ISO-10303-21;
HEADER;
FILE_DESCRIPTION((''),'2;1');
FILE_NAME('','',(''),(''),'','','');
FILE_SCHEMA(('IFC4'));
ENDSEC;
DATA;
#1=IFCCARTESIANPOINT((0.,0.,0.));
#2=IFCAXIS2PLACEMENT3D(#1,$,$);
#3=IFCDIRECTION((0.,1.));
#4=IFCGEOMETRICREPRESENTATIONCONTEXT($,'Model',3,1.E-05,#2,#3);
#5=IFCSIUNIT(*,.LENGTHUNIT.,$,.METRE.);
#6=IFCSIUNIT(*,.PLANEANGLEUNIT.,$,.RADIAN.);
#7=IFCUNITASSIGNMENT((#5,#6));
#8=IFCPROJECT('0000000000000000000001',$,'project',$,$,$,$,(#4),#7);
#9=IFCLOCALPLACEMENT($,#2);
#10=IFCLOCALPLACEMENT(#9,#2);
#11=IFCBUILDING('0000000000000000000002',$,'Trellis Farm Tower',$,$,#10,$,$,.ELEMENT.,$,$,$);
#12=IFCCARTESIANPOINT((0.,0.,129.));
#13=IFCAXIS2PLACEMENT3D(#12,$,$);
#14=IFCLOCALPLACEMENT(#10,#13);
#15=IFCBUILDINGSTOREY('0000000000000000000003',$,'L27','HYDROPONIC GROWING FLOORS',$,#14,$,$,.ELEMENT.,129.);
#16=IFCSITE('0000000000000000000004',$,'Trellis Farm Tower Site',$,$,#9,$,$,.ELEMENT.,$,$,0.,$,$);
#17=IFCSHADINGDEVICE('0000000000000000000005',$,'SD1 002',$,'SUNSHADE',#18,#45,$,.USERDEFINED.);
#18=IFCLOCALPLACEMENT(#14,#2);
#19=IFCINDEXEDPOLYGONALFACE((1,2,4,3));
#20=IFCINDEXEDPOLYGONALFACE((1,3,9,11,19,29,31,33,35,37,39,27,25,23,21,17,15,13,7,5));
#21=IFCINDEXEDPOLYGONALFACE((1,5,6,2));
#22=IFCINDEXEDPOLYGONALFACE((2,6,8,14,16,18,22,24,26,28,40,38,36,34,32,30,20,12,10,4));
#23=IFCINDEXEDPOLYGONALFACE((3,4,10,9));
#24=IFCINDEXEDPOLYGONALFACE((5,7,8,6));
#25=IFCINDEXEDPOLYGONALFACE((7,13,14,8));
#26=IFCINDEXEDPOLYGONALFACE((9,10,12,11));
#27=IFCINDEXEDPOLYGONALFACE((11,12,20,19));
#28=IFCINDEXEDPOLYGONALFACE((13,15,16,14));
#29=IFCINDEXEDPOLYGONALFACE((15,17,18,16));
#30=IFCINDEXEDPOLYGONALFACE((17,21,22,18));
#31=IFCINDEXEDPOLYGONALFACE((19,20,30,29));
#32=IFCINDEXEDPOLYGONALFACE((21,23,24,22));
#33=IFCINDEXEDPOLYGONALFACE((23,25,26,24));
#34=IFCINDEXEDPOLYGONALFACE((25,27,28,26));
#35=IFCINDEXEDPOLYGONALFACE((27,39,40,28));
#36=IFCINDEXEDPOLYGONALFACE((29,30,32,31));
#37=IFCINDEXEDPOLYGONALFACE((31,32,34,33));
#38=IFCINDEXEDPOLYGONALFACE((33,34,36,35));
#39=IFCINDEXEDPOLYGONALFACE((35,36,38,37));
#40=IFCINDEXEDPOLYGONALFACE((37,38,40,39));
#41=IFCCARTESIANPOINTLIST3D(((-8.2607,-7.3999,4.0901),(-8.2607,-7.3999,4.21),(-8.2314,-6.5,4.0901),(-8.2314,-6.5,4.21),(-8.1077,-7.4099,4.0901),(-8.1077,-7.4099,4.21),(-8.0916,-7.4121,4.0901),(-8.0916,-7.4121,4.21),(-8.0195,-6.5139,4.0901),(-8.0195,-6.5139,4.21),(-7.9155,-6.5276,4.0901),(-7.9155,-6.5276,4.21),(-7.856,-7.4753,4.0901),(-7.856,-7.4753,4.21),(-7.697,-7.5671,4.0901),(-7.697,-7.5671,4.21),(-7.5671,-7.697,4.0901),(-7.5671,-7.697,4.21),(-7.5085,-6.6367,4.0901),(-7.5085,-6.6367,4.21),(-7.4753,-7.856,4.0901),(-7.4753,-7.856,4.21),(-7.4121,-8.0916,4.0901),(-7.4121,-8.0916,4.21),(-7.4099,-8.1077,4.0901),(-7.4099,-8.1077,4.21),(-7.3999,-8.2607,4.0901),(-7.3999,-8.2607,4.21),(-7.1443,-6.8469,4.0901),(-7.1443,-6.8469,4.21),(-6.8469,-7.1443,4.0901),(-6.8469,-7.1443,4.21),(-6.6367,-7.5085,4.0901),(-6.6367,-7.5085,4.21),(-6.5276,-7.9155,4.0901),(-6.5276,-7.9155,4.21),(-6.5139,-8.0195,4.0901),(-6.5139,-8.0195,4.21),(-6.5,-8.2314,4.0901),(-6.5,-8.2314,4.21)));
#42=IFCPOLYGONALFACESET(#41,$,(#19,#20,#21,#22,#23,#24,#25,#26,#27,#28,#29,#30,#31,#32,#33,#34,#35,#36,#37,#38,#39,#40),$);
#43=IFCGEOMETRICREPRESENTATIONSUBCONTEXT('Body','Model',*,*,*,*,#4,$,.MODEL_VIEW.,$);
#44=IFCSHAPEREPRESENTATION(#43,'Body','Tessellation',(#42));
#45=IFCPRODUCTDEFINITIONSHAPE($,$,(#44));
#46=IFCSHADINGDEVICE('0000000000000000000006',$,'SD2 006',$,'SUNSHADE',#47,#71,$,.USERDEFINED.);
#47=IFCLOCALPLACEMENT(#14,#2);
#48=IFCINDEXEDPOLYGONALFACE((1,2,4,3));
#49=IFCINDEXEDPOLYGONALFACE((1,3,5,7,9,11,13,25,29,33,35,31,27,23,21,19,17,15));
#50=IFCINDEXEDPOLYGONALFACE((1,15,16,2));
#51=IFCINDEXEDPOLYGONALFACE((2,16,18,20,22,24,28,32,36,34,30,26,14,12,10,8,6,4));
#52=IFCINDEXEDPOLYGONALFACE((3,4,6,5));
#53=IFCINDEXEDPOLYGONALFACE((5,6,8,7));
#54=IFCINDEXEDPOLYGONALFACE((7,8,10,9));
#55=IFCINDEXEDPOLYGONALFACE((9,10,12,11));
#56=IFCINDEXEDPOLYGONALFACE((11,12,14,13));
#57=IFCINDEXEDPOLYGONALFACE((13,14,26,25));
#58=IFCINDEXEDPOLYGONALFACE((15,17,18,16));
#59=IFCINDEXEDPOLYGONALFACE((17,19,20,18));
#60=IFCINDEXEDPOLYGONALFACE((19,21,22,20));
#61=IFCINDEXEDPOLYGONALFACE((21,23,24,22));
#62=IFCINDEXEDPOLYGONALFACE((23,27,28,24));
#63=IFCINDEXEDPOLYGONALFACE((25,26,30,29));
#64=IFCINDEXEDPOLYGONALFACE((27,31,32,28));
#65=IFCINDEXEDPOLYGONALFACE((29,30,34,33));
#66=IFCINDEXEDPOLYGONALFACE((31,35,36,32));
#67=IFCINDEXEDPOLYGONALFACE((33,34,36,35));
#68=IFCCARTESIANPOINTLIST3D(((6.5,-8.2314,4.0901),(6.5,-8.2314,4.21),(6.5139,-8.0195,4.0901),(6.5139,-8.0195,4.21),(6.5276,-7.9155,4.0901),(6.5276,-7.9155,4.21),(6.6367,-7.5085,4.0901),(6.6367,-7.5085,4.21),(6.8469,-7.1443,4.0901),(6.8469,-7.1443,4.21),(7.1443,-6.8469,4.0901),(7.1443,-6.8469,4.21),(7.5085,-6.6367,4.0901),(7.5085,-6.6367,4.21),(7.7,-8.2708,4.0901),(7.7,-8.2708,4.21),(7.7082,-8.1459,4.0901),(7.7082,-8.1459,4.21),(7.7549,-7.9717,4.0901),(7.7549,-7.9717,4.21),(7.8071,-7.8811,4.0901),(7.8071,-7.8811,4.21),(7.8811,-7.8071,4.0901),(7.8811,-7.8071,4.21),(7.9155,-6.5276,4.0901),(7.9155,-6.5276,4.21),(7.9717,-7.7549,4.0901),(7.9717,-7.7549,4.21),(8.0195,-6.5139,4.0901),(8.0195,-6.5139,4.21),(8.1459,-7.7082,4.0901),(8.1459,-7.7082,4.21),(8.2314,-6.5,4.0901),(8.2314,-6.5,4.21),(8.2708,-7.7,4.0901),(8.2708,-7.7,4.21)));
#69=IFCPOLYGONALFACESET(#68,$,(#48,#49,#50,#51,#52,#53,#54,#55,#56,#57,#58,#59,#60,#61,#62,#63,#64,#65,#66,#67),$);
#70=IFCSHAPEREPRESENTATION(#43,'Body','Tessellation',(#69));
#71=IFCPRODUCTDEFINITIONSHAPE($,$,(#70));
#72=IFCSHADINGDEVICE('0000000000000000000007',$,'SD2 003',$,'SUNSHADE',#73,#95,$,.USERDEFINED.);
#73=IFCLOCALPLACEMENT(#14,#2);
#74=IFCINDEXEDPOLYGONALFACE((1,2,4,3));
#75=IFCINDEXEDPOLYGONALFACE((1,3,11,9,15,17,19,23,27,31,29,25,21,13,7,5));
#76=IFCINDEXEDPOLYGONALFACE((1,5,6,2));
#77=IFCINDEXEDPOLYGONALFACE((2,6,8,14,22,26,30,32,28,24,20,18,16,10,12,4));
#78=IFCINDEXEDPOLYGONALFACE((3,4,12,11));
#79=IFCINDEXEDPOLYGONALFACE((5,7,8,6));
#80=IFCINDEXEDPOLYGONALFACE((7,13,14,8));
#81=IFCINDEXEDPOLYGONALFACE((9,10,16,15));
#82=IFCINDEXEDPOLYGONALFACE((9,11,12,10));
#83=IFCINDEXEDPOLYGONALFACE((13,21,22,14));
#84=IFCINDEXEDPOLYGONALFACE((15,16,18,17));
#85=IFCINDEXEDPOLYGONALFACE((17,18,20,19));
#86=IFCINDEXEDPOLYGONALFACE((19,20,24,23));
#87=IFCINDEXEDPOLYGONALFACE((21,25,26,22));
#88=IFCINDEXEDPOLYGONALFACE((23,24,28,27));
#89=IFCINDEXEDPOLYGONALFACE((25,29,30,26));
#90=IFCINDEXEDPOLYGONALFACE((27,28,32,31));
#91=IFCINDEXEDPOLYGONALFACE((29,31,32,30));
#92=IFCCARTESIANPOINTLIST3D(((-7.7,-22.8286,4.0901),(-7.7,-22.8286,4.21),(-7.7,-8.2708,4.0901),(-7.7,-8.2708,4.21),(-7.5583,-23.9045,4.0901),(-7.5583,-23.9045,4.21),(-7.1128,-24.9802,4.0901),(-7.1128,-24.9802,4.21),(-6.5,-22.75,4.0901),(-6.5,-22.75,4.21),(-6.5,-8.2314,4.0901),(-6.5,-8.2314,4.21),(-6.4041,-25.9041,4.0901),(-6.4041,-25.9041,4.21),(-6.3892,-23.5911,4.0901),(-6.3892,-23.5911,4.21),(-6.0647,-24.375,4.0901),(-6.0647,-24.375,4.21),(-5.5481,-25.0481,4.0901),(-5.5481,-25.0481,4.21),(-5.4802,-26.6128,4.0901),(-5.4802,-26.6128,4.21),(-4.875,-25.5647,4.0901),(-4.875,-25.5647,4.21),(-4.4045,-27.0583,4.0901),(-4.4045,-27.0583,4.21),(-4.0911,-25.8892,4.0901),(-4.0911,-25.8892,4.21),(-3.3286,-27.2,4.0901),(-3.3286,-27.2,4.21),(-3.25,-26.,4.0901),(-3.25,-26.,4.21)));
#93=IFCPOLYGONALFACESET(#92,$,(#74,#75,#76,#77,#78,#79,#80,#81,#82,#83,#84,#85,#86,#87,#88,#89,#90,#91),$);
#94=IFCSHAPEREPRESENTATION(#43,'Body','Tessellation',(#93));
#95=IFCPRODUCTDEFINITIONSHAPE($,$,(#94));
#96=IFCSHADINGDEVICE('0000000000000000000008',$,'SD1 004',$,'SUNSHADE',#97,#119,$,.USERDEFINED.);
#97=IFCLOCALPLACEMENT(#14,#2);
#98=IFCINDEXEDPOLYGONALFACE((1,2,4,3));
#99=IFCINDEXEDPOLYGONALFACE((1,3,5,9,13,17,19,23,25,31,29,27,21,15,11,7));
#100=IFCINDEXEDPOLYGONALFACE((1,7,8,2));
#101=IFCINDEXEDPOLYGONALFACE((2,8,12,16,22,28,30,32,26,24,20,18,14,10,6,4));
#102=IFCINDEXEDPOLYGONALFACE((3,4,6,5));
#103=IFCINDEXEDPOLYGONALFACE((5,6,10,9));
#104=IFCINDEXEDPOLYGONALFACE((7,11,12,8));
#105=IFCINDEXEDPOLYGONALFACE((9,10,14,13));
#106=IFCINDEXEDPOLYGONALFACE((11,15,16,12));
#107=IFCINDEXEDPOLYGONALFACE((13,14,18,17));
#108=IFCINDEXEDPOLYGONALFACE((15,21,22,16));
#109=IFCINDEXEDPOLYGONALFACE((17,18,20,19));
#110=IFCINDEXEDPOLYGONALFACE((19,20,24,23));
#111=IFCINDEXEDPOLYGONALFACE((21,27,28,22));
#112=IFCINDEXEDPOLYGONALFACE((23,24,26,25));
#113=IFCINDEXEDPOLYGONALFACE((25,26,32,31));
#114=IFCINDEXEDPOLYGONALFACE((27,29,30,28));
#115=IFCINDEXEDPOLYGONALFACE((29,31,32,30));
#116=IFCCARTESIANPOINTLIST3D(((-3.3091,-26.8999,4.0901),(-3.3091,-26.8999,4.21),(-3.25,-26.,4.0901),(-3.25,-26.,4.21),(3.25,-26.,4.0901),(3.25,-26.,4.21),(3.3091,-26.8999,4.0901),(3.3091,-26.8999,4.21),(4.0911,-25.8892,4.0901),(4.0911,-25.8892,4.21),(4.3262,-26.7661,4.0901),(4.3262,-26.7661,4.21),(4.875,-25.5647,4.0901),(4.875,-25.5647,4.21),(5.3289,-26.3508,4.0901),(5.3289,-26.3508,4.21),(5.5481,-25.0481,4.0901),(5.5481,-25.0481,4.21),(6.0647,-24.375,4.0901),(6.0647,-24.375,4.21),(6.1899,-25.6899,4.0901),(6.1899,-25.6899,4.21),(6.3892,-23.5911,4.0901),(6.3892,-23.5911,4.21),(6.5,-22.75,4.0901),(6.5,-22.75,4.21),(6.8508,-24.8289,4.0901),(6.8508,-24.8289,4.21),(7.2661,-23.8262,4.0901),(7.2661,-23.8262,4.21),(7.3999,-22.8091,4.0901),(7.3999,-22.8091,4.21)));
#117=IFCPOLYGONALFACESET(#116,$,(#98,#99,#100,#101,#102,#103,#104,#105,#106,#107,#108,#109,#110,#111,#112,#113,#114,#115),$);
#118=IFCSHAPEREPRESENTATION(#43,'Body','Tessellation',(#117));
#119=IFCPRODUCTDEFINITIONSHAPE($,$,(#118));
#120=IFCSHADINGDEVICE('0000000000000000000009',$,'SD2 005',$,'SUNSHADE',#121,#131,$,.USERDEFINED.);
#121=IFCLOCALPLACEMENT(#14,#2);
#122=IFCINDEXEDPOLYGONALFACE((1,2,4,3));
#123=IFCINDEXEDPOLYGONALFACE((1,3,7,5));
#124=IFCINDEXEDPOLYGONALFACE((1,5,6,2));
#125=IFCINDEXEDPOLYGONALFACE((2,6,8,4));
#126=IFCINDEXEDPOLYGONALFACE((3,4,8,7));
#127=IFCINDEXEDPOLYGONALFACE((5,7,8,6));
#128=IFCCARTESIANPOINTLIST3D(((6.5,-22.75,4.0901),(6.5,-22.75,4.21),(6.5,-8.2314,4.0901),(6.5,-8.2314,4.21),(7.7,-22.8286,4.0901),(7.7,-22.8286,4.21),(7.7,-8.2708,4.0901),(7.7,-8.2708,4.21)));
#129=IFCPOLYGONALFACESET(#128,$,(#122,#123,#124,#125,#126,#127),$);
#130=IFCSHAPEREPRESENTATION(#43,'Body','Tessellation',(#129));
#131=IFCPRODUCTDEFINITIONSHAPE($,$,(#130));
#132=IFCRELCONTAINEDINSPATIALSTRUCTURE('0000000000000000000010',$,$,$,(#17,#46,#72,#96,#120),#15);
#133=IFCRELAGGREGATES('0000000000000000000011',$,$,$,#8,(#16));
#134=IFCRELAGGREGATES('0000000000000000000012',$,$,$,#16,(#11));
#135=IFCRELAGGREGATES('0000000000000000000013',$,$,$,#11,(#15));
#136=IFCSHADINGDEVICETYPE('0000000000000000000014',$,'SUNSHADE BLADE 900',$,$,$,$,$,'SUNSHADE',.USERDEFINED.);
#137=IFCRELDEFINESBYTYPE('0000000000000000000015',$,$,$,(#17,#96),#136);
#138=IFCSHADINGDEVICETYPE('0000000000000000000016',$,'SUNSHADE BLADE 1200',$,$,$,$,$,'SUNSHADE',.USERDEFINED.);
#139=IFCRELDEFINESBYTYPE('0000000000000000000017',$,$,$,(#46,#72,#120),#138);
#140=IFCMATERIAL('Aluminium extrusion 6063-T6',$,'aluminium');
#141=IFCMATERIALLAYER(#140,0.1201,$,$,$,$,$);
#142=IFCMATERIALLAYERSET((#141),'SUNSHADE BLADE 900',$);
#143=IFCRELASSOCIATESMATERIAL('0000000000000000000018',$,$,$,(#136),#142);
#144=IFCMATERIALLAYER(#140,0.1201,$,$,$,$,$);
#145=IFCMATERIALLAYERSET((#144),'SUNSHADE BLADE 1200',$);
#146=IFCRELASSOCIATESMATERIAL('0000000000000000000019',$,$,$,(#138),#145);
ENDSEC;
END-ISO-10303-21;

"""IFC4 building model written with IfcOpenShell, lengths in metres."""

from ifc_helpers import new_model, si_unit, direction, frame, origin, place, context, subcontext, project, spatial, polyline, outline, extrude, source, transform, mapped, material, layer, layer_set, type_object, element, save


model = new_model("IFC4")

# Units and contexts
model_context = context("Model", 3, precision=1e-05, world=origin(), true_north=direction((0.0, 1.0)))
body_context = subcontext(model_context, "Body", "Model", "MODEL_VIEW")
ifc_project = project(units=[si_unit("LENGTHUNIT", "METRE"), si_unit("PLANEANGLEUNIT", "RADIAN")], contexts=[model_context])

# Site, building, storey
site_placement = place(None, origin())
site = spatial("IfcSite", under=ifc_project, at=site_placement, Name="Trellis Farm Tower Site", CompositionType="ELEMENT", RefElevation=0.0)
building_placement = place(site_placement, origin())
building = spatial("IfcBuilding", under=site, at=building_placement, Name="Trellis Farm Tower", CompositionType="ELEMENT")
storey_placement = place(building_placement, frame((0.0, 0.0, 129.0)))
storey = spatial("IfcBuildingStorey", under=building, at=storey_placement, Name="L27", Description="HYDROPONIC GROWING FLOORS", CompositionType="ELEMENT", Elevation=129.0)

# Shared definitions
ifc_material_1 = material(Name="Aluminium extrusion 6063-T6", Category="aluminium")

# Shading devices
ifc_layer_1 = layer(ifc_material_1, 0.1201)
ifc_layer_set_1 = layer_set([ifc_layer_1], Name="SUNSHADE BLADE 900")
shading_device_type_1 = type_object("IfcShadingDeviceType", Name="SUNSHADE BLADE 900", ElementType="SUNSHADE", PredefinedType="USERDEFINED", material=ifc_layer_set_1)
placement_1 = place(storey_placement, frame((0.0, 0.0, 4.0901)))
shared_shape_1 = source(origin(), body_context, "Body", "SweptSolid", [
    extrude(outline(polyline([(-8.2607, -7.3999), (-8.1077, -7.4099), (-8.0916, -7.4121), (-7.856, -7.4753), (-7.697, -7.5671), (-7.5671, -7.697), (-7.4753, -7.856), (-7.4121, -8.0916), (-7.4099, -8.1077), (-7.3999, -8.2607), (-6.5, -8.2314), (-6.5139, -8.0195), (-6.5276, -7.9155), (-6.6367, -7.5085), (-6.8469, -7.1443), (-7.1443, -6.8469), (-7.5085, -6.6367), (-7.9155, -6.5276), (-8.0195, -6.5139), (-8.2314, -6.5), (-8.2607, -7.3999)])), origin(), (0.0, 0.0, 1.0), 0.1199),
])
element("IfcShadingDevice", 1, at=placement_1, inside=storey, type_object=shading_device_type_1, Name="SD1 002", ObjectType="SUNSHADE", PredefinedType="USERDEFINED", context=body_context, shape_type="MappedRepresentation", body=[
    mapped(shared_shape_1, transform((0.0, 0.0, 0.0))),
])
ifc_layer_2 = layer(ifc_material_1, 0.1201)
ifc_layer_set_2 = layer_set([ifc_layer_2], Name="SUNSHADE BLADE 1200")
shading_device_type_2 = type_object("IfcShadingDeviceType", Name="SUNSHADE BLADE 1200", ElementType="SUNSHADE", PredefinedType="USERDEFINED", material=ifc_layer_set_2)
shared_shape_2 = source(origin(), body_context, "Body", "SweptSolid", [
    extrude(outline(polyline([(7.7, -8.2708), (7.7087, -8.1372), (7.707, -8.1501), (7.7549, -7.9717), (7.8071, -7.8811), (7.8811, -7.8071), (7.9717, -7.7549), (8.1501, -7.707), (8.1372, -7.7087), (8.2708, -7.7), (8.2314, -6.5), (8.0195, -6.5139), (7.9155, -6.5276), (7.5085, -6.6367), (7.1443, -6.8469), (6.8469, -7.1443), (6.6367, -7.5085), (6.5276, -7.9155), (6.5139, -8.0195), (6.5, -8.2314), (7.7, -8.2708)])), origin(), (0.0, 0.0, 1.0), 0.1199),
])
element("IfcShadingDevice", 2, at=placement_1, inside=storey, type_object=shading_device_type_2, Name="SD2 006", ObjectType="SUNSHADE", PredefinedType="USERDEFINED", context=body_context, shape_type="MappedRepresentation", body=[
    mapped(shared_shape_2, transform((0.0, 0.0, 0.0))),
])
shared_shape_3 = source(origin(), body_context, "Body", "SweptSolid", [
    extrude(outline(polyline([(-7.7, -8.2708), (-7.7, -22.8286), (-7.5583, -23.9045), (-7.1128, -24.9802), (-6.4041, -25.9041), (-5.4802, -26.6128), (-4.4045, -27.0583), (-3.3286, -27.2), (-3.25, -26.0), (-4.0911, -25.8892), (-4.875, -25.5647), (-5.5481, -25.0481), (-6.0647, -24.375), (-6.3892, -23.5911), (-6.5, -22.75), (-6.5, -8.2314), (-7.7, -8.2708)])), origin(), (0.0, 0.0, 1.0), 0.1199),
])
element("IfcShadingDevice", 3, at=placement_1, inside=storey, type_object=shading_device_type_2, Name="SD2 003", ObjectType="SUNSHADE", PredefinedType="USERDEFINED", context=body_context, shape_type="MappedRepresentation", body=[
    mapped(shared_shape_3, transform((0.0, 0.0, 0.0))),
])
shared_shape_4 = source(origin(), body_context, "Body", "SweptSolid", [
    extrude(outline(polyline([(-3.3091, -26.8999), (3.3091, -26.8999), (4.3262, -26.7661), (5.3289, -26.3508), (6.1899, -25.6899), (6.8508, -24.8289), (7.2661, -23.8262), (7.3999, -22.8091), (6.5, -22.75), (6.3892, -23.5911), (6.0647, -24.375), (5.5481, -25.0481), (4.875, -25.5647), (4.0911, -25.8892), (3.25, -26.0), (-3.25, -26.0), (-3.3091, -26.8999)])), origin(), (0.0, 0.0, 1.0), 0.1199),
])
element("IfcShadingDevice", 4, at=placement_1, inside=storey, type_object=shading_device_type_1, Name="SD1 004", ObjectType="SUNSHADE", PredefinedType="USERDEFINED", context=body_context, shape_type="MappedRepresentation", body=[
    mapped(shared_shape_4, transform((0.0, 0.0, 0.0))),
])
shared_shape_5 = source(origin(), body_context, "Body", "SweptSolid", [
    extrude(outline(polyline([(7.7, -22.8286), (7.7, -8.2708), (6.5, -8.2314), (6.5, -22.75), (7.7, -22.8286)])), origin(), (0.0, 0.0, 1.0), 0.1199),
])
element("IfcShadingDevice", 5, at=placement_1, inside=storey, type_object=shading_device_type_2, Name="SD2 005", ObjectType="SUNSHADE", PredefinedType="USERDEFINED", context=body_context, shape_type="MappedRepresentation", body=[
    mapped(shared_shape_5, transform((0.0, 0.0, 0.0))),
])

save(model, "model.ifc")
